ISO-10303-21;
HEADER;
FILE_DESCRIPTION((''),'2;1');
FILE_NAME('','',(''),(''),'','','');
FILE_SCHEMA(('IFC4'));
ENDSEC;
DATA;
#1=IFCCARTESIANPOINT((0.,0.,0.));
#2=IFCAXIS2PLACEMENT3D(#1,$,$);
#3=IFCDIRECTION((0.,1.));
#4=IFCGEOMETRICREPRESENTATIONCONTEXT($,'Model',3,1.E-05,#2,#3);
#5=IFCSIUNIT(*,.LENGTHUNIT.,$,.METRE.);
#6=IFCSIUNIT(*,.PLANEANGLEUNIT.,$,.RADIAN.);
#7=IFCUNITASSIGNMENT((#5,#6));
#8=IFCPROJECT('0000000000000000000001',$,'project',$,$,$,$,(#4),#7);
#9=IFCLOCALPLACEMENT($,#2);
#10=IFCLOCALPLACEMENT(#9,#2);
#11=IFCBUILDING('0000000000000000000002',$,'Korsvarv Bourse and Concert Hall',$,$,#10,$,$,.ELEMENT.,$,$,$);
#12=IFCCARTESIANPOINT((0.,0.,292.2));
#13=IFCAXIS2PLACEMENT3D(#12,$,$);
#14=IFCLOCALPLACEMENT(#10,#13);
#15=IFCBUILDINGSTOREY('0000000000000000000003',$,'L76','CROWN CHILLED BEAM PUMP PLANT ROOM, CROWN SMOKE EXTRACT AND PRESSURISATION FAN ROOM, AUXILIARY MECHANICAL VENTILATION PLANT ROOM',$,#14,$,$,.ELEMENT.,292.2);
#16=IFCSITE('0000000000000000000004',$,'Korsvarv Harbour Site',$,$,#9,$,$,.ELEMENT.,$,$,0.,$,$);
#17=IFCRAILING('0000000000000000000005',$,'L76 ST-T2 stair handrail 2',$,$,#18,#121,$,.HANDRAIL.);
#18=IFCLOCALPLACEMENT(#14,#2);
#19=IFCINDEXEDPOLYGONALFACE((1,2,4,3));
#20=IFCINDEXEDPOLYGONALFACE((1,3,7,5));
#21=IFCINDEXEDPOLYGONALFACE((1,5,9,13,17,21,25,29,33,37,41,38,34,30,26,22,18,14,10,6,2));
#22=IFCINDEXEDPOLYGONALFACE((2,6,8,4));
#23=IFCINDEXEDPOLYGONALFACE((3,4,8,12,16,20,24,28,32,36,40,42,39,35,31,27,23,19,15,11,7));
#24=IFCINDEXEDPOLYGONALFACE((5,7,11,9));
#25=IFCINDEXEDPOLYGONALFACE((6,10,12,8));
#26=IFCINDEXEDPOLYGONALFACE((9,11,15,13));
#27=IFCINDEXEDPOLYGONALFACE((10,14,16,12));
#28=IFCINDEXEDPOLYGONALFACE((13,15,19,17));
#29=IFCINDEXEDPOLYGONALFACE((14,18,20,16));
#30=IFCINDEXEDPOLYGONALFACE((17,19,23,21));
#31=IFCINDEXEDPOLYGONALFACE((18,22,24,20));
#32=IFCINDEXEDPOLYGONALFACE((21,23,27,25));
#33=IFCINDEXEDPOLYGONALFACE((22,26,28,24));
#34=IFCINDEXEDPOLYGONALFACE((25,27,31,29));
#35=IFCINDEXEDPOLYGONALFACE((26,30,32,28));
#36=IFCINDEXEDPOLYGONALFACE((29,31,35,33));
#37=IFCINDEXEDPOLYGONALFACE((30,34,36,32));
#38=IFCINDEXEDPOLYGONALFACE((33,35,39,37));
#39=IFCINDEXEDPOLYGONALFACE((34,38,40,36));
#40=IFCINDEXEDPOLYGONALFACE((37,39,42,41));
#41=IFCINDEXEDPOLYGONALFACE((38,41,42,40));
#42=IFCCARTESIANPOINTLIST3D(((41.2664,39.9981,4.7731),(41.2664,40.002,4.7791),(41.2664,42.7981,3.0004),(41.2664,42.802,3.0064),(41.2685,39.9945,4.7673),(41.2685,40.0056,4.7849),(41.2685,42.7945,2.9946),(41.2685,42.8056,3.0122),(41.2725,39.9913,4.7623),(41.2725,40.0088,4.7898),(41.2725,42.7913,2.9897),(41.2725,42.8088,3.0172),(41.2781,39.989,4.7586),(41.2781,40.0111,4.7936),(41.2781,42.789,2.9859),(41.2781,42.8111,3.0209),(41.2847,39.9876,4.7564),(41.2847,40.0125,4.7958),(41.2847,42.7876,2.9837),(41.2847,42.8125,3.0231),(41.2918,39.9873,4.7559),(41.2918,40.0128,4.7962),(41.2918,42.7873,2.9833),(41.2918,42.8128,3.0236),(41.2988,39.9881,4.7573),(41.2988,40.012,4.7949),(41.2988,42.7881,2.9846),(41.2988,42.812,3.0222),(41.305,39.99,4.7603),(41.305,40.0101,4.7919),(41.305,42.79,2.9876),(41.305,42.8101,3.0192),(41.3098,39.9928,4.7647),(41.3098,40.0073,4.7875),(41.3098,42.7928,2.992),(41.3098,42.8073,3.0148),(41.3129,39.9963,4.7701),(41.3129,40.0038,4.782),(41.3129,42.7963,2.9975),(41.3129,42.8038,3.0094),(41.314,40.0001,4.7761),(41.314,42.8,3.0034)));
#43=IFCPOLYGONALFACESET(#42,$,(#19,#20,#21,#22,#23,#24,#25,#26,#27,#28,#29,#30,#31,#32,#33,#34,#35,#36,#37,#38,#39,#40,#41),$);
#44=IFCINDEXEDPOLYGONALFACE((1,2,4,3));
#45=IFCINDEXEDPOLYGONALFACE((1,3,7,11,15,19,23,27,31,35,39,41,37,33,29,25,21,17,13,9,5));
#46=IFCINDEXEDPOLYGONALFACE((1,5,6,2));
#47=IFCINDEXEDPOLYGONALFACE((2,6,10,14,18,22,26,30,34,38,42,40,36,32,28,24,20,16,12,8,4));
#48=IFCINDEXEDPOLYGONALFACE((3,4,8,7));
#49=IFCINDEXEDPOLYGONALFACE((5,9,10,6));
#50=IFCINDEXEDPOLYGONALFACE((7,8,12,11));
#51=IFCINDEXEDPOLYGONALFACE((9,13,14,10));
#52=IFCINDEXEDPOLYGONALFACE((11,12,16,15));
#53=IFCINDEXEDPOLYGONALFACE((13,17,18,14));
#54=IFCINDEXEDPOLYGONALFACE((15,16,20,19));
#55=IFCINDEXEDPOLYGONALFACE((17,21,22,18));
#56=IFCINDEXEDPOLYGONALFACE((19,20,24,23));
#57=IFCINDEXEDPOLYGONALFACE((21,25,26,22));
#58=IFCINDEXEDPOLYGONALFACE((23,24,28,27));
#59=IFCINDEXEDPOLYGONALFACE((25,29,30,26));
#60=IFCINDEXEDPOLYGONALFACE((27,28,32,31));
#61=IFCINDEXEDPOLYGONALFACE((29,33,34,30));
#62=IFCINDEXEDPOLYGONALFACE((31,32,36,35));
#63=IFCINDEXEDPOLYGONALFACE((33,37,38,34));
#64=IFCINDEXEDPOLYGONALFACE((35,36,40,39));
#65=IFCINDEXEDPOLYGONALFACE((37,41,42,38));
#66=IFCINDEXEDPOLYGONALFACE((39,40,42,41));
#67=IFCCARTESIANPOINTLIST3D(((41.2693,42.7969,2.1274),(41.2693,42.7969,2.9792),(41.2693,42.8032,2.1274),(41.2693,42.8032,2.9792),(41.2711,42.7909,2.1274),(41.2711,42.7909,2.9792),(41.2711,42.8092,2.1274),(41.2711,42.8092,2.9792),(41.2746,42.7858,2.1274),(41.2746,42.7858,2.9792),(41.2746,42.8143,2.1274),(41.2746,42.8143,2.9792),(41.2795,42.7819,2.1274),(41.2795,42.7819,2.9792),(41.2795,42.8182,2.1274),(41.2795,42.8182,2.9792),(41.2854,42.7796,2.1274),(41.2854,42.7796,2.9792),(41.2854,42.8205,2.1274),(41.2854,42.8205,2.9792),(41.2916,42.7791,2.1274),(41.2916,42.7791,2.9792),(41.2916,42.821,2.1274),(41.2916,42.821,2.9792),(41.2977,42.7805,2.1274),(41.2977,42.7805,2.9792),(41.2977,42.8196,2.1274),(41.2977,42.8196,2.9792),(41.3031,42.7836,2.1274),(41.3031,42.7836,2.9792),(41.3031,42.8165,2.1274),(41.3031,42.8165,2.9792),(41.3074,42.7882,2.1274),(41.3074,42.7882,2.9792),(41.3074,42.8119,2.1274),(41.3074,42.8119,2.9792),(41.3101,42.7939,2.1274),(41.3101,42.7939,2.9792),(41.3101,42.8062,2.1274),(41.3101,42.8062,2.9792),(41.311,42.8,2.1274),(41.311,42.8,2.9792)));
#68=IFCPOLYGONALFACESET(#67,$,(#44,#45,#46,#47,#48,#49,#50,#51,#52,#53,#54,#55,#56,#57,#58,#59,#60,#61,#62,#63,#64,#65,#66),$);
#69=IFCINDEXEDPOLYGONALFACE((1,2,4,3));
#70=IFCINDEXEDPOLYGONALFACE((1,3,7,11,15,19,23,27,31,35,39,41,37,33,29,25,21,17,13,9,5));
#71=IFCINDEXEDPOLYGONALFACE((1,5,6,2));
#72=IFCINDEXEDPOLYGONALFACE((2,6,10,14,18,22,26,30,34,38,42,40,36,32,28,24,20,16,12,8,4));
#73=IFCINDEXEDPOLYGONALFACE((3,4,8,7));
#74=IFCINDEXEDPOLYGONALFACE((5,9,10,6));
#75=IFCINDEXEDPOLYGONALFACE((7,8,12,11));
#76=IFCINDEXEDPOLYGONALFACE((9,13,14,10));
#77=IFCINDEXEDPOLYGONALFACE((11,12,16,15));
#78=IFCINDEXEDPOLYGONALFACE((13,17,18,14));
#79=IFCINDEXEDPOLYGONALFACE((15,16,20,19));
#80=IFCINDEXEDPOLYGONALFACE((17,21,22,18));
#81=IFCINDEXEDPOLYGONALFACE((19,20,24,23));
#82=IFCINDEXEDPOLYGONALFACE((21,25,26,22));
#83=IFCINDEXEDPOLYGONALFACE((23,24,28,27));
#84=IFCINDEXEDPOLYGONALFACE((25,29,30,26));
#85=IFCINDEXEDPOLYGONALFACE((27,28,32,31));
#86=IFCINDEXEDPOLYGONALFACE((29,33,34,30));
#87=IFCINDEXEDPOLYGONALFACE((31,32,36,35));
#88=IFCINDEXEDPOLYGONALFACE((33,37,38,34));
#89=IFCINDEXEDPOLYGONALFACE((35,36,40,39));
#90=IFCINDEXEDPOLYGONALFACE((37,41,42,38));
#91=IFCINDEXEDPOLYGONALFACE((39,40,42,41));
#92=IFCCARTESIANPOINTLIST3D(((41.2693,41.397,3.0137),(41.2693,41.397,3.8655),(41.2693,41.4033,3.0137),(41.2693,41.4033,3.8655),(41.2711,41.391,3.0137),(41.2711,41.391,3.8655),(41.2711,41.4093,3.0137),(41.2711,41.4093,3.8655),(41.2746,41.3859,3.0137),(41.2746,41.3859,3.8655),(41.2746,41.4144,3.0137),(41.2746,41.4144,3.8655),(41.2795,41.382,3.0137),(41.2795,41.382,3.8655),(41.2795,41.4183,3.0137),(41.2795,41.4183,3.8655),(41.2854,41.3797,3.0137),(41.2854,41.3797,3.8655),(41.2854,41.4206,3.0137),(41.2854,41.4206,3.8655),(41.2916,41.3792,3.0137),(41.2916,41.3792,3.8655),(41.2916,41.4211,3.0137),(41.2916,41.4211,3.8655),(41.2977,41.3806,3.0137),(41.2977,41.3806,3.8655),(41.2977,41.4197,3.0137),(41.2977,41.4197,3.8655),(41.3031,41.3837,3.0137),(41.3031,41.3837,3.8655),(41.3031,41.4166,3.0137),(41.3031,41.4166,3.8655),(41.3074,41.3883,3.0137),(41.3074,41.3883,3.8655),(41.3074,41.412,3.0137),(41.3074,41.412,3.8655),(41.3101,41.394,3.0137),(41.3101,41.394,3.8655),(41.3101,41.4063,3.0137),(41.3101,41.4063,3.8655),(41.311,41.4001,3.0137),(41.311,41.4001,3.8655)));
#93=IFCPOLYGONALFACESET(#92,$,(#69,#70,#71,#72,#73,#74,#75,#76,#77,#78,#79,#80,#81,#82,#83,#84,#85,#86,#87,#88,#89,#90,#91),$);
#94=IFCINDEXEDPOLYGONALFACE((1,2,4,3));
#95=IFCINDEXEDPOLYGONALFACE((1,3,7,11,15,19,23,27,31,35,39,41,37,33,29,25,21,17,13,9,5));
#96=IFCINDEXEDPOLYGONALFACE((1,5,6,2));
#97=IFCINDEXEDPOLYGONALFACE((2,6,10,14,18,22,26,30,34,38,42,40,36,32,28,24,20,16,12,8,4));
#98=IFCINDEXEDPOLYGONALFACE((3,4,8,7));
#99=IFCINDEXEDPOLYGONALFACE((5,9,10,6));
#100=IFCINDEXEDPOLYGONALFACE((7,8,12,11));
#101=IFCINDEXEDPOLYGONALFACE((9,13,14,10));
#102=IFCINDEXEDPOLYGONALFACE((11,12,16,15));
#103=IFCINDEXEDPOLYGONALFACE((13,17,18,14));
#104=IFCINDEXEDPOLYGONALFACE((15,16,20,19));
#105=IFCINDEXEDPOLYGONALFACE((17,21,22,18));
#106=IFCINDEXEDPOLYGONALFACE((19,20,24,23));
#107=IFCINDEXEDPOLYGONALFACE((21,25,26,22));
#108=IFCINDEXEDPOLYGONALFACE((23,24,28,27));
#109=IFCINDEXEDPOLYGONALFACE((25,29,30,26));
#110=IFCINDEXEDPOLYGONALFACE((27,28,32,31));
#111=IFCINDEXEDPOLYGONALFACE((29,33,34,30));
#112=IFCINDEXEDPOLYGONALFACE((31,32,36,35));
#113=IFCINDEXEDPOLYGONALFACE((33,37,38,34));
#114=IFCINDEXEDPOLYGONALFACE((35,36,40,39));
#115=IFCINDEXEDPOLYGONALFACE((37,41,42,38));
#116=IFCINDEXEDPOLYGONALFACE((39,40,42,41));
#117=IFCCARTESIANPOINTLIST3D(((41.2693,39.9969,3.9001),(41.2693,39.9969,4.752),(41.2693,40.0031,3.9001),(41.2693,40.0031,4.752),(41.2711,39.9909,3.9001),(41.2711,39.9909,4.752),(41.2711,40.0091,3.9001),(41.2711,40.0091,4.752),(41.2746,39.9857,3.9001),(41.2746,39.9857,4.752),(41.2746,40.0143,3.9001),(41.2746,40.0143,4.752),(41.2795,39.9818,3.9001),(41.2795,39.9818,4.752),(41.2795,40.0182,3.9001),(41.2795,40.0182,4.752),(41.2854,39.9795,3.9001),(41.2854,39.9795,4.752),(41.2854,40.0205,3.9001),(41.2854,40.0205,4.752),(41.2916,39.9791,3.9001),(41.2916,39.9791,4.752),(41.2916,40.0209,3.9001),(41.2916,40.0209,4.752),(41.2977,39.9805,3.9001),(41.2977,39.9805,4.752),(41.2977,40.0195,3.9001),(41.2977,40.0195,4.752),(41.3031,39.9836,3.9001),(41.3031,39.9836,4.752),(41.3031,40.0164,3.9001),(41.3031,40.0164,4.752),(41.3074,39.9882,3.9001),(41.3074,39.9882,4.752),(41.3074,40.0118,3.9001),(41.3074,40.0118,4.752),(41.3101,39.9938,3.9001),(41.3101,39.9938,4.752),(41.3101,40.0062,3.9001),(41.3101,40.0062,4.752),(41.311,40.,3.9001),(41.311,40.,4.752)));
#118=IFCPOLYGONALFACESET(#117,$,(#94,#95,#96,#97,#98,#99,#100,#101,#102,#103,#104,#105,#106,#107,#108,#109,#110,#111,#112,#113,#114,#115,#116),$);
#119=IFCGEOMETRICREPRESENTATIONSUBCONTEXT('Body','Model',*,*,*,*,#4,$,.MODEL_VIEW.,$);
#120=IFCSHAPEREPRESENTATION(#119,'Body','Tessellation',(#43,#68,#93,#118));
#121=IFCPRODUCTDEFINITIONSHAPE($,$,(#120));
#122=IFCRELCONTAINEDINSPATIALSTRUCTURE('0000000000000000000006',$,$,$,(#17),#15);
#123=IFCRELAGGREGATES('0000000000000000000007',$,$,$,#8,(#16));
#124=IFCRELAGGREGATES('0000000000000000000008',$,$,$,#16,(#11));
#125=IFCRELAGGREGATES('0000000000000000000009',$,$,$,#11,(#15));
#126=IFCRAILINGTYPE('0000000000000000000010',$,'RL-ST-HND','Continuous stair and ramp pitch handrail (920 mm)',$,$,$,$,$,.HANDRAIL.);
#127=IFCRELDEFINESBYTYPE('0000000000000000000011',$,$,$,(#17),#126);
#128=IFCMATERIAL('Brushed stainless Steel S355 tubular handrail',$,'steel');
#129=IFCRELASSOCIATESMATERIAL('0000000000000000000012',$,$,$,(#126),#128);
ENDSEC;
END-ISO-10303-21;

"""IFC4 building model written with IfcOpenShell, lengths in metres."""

from ifc_helpers import new_model, si_unit, direction, frame, origin, origin_2d, place, context, subcontext, project, spatial, circle, extrude, material, type_object, element, save


model = new_model("IFC4")

# Units and contexts
model_context = context("Model", 3, precision=1e-05, world=origin(), true_north=direction((0.0, 1.0)))
body_context = subcontext(model_context, "Body", "Model", "MODEL_VIEW")
ifc_project = project(units=[si_unit("LENGTHUNIT", "METRE"), si_unit("PLANEANGLEUNIT", "RADIAN")], contexts=[model_context])

# Site, building, storey
site_placement = place(None, origin())
site = spatial("IfcSite", under=ifc_project, at=site_placement, Name="Korsvarv Harbour Site", CompositionType="ELEMENT", RefElevation=0.0)
building_placement = place(site_placement, origin())
building = spatial("IfcBuilding", under=site, at=building_placement, Name="Korsvarv Bourse and Concert Hall", CompositionType="ELEMENT")
storey_placement = place(building_placement, frame((0.0, 0.0, 292.2)))
storey = spatial("IfcBuildingStorey", under=building, at=storey_placement, Name="L76", Description="CROWN CHILLED BEAM PUMP PLANT ROOM, CROWN SMOKE EXTRACT AND PRESSURISATION FAN ROOM, AUXILIARY MECHANICAL VENTILATION PLANT ROOM", CompositionType="ELEMENT", Elevation=292.2)

# Railing
ifc_material_1 = material(Name="Brushed stainless Steel S355 tubular handrail", Category="steel")
railing_type = type_object("IfcRailingType", Name="RL-ST-HND", Description="Continuous stair and ramp pitch handrail (920 mm)", PredefinedType="HANDRAIL", material=ifc_material_1)
railing_placement = place(storey_placement, frame((41.29, 42.8, 2.1274)))
element("IfcRailing", 1, at=railing_placement, inside=storey, type_object=railing_type, Name="L76 ST-T2 stair handrail 2", PredefinedType="HANDRAIL", context=body_context, shape_type="SweptSolid", body=[
    extrude(circle(Radius=0.0239, at=origin_2d()), frame((0.0, 0.0, 0.876), z_axis=(0.0, -0.844909, 0.53491), x_axis=(1.0, 0.0, 0.0)), (0.0, 0.0, 1.0), 3.314),
    extrude(circle(Radius=0.021, at=origin_2d()), origin(), (0.0, 0.0, 1.0), 0.8518),
    extrude(circle(Radius=0.021, at=origin_2d()), frame((0.0, -1.3999, 0.8862)), (0.0, 0.0, 1.0), 0.8518),
    extrude(circle(Radius=0.021, at=origin_2d()), frame((0.0, -2.8, 1.7727)), (0.0, 0.0, 1.0), 0.8518),
])

save(model, "model.ifc")
